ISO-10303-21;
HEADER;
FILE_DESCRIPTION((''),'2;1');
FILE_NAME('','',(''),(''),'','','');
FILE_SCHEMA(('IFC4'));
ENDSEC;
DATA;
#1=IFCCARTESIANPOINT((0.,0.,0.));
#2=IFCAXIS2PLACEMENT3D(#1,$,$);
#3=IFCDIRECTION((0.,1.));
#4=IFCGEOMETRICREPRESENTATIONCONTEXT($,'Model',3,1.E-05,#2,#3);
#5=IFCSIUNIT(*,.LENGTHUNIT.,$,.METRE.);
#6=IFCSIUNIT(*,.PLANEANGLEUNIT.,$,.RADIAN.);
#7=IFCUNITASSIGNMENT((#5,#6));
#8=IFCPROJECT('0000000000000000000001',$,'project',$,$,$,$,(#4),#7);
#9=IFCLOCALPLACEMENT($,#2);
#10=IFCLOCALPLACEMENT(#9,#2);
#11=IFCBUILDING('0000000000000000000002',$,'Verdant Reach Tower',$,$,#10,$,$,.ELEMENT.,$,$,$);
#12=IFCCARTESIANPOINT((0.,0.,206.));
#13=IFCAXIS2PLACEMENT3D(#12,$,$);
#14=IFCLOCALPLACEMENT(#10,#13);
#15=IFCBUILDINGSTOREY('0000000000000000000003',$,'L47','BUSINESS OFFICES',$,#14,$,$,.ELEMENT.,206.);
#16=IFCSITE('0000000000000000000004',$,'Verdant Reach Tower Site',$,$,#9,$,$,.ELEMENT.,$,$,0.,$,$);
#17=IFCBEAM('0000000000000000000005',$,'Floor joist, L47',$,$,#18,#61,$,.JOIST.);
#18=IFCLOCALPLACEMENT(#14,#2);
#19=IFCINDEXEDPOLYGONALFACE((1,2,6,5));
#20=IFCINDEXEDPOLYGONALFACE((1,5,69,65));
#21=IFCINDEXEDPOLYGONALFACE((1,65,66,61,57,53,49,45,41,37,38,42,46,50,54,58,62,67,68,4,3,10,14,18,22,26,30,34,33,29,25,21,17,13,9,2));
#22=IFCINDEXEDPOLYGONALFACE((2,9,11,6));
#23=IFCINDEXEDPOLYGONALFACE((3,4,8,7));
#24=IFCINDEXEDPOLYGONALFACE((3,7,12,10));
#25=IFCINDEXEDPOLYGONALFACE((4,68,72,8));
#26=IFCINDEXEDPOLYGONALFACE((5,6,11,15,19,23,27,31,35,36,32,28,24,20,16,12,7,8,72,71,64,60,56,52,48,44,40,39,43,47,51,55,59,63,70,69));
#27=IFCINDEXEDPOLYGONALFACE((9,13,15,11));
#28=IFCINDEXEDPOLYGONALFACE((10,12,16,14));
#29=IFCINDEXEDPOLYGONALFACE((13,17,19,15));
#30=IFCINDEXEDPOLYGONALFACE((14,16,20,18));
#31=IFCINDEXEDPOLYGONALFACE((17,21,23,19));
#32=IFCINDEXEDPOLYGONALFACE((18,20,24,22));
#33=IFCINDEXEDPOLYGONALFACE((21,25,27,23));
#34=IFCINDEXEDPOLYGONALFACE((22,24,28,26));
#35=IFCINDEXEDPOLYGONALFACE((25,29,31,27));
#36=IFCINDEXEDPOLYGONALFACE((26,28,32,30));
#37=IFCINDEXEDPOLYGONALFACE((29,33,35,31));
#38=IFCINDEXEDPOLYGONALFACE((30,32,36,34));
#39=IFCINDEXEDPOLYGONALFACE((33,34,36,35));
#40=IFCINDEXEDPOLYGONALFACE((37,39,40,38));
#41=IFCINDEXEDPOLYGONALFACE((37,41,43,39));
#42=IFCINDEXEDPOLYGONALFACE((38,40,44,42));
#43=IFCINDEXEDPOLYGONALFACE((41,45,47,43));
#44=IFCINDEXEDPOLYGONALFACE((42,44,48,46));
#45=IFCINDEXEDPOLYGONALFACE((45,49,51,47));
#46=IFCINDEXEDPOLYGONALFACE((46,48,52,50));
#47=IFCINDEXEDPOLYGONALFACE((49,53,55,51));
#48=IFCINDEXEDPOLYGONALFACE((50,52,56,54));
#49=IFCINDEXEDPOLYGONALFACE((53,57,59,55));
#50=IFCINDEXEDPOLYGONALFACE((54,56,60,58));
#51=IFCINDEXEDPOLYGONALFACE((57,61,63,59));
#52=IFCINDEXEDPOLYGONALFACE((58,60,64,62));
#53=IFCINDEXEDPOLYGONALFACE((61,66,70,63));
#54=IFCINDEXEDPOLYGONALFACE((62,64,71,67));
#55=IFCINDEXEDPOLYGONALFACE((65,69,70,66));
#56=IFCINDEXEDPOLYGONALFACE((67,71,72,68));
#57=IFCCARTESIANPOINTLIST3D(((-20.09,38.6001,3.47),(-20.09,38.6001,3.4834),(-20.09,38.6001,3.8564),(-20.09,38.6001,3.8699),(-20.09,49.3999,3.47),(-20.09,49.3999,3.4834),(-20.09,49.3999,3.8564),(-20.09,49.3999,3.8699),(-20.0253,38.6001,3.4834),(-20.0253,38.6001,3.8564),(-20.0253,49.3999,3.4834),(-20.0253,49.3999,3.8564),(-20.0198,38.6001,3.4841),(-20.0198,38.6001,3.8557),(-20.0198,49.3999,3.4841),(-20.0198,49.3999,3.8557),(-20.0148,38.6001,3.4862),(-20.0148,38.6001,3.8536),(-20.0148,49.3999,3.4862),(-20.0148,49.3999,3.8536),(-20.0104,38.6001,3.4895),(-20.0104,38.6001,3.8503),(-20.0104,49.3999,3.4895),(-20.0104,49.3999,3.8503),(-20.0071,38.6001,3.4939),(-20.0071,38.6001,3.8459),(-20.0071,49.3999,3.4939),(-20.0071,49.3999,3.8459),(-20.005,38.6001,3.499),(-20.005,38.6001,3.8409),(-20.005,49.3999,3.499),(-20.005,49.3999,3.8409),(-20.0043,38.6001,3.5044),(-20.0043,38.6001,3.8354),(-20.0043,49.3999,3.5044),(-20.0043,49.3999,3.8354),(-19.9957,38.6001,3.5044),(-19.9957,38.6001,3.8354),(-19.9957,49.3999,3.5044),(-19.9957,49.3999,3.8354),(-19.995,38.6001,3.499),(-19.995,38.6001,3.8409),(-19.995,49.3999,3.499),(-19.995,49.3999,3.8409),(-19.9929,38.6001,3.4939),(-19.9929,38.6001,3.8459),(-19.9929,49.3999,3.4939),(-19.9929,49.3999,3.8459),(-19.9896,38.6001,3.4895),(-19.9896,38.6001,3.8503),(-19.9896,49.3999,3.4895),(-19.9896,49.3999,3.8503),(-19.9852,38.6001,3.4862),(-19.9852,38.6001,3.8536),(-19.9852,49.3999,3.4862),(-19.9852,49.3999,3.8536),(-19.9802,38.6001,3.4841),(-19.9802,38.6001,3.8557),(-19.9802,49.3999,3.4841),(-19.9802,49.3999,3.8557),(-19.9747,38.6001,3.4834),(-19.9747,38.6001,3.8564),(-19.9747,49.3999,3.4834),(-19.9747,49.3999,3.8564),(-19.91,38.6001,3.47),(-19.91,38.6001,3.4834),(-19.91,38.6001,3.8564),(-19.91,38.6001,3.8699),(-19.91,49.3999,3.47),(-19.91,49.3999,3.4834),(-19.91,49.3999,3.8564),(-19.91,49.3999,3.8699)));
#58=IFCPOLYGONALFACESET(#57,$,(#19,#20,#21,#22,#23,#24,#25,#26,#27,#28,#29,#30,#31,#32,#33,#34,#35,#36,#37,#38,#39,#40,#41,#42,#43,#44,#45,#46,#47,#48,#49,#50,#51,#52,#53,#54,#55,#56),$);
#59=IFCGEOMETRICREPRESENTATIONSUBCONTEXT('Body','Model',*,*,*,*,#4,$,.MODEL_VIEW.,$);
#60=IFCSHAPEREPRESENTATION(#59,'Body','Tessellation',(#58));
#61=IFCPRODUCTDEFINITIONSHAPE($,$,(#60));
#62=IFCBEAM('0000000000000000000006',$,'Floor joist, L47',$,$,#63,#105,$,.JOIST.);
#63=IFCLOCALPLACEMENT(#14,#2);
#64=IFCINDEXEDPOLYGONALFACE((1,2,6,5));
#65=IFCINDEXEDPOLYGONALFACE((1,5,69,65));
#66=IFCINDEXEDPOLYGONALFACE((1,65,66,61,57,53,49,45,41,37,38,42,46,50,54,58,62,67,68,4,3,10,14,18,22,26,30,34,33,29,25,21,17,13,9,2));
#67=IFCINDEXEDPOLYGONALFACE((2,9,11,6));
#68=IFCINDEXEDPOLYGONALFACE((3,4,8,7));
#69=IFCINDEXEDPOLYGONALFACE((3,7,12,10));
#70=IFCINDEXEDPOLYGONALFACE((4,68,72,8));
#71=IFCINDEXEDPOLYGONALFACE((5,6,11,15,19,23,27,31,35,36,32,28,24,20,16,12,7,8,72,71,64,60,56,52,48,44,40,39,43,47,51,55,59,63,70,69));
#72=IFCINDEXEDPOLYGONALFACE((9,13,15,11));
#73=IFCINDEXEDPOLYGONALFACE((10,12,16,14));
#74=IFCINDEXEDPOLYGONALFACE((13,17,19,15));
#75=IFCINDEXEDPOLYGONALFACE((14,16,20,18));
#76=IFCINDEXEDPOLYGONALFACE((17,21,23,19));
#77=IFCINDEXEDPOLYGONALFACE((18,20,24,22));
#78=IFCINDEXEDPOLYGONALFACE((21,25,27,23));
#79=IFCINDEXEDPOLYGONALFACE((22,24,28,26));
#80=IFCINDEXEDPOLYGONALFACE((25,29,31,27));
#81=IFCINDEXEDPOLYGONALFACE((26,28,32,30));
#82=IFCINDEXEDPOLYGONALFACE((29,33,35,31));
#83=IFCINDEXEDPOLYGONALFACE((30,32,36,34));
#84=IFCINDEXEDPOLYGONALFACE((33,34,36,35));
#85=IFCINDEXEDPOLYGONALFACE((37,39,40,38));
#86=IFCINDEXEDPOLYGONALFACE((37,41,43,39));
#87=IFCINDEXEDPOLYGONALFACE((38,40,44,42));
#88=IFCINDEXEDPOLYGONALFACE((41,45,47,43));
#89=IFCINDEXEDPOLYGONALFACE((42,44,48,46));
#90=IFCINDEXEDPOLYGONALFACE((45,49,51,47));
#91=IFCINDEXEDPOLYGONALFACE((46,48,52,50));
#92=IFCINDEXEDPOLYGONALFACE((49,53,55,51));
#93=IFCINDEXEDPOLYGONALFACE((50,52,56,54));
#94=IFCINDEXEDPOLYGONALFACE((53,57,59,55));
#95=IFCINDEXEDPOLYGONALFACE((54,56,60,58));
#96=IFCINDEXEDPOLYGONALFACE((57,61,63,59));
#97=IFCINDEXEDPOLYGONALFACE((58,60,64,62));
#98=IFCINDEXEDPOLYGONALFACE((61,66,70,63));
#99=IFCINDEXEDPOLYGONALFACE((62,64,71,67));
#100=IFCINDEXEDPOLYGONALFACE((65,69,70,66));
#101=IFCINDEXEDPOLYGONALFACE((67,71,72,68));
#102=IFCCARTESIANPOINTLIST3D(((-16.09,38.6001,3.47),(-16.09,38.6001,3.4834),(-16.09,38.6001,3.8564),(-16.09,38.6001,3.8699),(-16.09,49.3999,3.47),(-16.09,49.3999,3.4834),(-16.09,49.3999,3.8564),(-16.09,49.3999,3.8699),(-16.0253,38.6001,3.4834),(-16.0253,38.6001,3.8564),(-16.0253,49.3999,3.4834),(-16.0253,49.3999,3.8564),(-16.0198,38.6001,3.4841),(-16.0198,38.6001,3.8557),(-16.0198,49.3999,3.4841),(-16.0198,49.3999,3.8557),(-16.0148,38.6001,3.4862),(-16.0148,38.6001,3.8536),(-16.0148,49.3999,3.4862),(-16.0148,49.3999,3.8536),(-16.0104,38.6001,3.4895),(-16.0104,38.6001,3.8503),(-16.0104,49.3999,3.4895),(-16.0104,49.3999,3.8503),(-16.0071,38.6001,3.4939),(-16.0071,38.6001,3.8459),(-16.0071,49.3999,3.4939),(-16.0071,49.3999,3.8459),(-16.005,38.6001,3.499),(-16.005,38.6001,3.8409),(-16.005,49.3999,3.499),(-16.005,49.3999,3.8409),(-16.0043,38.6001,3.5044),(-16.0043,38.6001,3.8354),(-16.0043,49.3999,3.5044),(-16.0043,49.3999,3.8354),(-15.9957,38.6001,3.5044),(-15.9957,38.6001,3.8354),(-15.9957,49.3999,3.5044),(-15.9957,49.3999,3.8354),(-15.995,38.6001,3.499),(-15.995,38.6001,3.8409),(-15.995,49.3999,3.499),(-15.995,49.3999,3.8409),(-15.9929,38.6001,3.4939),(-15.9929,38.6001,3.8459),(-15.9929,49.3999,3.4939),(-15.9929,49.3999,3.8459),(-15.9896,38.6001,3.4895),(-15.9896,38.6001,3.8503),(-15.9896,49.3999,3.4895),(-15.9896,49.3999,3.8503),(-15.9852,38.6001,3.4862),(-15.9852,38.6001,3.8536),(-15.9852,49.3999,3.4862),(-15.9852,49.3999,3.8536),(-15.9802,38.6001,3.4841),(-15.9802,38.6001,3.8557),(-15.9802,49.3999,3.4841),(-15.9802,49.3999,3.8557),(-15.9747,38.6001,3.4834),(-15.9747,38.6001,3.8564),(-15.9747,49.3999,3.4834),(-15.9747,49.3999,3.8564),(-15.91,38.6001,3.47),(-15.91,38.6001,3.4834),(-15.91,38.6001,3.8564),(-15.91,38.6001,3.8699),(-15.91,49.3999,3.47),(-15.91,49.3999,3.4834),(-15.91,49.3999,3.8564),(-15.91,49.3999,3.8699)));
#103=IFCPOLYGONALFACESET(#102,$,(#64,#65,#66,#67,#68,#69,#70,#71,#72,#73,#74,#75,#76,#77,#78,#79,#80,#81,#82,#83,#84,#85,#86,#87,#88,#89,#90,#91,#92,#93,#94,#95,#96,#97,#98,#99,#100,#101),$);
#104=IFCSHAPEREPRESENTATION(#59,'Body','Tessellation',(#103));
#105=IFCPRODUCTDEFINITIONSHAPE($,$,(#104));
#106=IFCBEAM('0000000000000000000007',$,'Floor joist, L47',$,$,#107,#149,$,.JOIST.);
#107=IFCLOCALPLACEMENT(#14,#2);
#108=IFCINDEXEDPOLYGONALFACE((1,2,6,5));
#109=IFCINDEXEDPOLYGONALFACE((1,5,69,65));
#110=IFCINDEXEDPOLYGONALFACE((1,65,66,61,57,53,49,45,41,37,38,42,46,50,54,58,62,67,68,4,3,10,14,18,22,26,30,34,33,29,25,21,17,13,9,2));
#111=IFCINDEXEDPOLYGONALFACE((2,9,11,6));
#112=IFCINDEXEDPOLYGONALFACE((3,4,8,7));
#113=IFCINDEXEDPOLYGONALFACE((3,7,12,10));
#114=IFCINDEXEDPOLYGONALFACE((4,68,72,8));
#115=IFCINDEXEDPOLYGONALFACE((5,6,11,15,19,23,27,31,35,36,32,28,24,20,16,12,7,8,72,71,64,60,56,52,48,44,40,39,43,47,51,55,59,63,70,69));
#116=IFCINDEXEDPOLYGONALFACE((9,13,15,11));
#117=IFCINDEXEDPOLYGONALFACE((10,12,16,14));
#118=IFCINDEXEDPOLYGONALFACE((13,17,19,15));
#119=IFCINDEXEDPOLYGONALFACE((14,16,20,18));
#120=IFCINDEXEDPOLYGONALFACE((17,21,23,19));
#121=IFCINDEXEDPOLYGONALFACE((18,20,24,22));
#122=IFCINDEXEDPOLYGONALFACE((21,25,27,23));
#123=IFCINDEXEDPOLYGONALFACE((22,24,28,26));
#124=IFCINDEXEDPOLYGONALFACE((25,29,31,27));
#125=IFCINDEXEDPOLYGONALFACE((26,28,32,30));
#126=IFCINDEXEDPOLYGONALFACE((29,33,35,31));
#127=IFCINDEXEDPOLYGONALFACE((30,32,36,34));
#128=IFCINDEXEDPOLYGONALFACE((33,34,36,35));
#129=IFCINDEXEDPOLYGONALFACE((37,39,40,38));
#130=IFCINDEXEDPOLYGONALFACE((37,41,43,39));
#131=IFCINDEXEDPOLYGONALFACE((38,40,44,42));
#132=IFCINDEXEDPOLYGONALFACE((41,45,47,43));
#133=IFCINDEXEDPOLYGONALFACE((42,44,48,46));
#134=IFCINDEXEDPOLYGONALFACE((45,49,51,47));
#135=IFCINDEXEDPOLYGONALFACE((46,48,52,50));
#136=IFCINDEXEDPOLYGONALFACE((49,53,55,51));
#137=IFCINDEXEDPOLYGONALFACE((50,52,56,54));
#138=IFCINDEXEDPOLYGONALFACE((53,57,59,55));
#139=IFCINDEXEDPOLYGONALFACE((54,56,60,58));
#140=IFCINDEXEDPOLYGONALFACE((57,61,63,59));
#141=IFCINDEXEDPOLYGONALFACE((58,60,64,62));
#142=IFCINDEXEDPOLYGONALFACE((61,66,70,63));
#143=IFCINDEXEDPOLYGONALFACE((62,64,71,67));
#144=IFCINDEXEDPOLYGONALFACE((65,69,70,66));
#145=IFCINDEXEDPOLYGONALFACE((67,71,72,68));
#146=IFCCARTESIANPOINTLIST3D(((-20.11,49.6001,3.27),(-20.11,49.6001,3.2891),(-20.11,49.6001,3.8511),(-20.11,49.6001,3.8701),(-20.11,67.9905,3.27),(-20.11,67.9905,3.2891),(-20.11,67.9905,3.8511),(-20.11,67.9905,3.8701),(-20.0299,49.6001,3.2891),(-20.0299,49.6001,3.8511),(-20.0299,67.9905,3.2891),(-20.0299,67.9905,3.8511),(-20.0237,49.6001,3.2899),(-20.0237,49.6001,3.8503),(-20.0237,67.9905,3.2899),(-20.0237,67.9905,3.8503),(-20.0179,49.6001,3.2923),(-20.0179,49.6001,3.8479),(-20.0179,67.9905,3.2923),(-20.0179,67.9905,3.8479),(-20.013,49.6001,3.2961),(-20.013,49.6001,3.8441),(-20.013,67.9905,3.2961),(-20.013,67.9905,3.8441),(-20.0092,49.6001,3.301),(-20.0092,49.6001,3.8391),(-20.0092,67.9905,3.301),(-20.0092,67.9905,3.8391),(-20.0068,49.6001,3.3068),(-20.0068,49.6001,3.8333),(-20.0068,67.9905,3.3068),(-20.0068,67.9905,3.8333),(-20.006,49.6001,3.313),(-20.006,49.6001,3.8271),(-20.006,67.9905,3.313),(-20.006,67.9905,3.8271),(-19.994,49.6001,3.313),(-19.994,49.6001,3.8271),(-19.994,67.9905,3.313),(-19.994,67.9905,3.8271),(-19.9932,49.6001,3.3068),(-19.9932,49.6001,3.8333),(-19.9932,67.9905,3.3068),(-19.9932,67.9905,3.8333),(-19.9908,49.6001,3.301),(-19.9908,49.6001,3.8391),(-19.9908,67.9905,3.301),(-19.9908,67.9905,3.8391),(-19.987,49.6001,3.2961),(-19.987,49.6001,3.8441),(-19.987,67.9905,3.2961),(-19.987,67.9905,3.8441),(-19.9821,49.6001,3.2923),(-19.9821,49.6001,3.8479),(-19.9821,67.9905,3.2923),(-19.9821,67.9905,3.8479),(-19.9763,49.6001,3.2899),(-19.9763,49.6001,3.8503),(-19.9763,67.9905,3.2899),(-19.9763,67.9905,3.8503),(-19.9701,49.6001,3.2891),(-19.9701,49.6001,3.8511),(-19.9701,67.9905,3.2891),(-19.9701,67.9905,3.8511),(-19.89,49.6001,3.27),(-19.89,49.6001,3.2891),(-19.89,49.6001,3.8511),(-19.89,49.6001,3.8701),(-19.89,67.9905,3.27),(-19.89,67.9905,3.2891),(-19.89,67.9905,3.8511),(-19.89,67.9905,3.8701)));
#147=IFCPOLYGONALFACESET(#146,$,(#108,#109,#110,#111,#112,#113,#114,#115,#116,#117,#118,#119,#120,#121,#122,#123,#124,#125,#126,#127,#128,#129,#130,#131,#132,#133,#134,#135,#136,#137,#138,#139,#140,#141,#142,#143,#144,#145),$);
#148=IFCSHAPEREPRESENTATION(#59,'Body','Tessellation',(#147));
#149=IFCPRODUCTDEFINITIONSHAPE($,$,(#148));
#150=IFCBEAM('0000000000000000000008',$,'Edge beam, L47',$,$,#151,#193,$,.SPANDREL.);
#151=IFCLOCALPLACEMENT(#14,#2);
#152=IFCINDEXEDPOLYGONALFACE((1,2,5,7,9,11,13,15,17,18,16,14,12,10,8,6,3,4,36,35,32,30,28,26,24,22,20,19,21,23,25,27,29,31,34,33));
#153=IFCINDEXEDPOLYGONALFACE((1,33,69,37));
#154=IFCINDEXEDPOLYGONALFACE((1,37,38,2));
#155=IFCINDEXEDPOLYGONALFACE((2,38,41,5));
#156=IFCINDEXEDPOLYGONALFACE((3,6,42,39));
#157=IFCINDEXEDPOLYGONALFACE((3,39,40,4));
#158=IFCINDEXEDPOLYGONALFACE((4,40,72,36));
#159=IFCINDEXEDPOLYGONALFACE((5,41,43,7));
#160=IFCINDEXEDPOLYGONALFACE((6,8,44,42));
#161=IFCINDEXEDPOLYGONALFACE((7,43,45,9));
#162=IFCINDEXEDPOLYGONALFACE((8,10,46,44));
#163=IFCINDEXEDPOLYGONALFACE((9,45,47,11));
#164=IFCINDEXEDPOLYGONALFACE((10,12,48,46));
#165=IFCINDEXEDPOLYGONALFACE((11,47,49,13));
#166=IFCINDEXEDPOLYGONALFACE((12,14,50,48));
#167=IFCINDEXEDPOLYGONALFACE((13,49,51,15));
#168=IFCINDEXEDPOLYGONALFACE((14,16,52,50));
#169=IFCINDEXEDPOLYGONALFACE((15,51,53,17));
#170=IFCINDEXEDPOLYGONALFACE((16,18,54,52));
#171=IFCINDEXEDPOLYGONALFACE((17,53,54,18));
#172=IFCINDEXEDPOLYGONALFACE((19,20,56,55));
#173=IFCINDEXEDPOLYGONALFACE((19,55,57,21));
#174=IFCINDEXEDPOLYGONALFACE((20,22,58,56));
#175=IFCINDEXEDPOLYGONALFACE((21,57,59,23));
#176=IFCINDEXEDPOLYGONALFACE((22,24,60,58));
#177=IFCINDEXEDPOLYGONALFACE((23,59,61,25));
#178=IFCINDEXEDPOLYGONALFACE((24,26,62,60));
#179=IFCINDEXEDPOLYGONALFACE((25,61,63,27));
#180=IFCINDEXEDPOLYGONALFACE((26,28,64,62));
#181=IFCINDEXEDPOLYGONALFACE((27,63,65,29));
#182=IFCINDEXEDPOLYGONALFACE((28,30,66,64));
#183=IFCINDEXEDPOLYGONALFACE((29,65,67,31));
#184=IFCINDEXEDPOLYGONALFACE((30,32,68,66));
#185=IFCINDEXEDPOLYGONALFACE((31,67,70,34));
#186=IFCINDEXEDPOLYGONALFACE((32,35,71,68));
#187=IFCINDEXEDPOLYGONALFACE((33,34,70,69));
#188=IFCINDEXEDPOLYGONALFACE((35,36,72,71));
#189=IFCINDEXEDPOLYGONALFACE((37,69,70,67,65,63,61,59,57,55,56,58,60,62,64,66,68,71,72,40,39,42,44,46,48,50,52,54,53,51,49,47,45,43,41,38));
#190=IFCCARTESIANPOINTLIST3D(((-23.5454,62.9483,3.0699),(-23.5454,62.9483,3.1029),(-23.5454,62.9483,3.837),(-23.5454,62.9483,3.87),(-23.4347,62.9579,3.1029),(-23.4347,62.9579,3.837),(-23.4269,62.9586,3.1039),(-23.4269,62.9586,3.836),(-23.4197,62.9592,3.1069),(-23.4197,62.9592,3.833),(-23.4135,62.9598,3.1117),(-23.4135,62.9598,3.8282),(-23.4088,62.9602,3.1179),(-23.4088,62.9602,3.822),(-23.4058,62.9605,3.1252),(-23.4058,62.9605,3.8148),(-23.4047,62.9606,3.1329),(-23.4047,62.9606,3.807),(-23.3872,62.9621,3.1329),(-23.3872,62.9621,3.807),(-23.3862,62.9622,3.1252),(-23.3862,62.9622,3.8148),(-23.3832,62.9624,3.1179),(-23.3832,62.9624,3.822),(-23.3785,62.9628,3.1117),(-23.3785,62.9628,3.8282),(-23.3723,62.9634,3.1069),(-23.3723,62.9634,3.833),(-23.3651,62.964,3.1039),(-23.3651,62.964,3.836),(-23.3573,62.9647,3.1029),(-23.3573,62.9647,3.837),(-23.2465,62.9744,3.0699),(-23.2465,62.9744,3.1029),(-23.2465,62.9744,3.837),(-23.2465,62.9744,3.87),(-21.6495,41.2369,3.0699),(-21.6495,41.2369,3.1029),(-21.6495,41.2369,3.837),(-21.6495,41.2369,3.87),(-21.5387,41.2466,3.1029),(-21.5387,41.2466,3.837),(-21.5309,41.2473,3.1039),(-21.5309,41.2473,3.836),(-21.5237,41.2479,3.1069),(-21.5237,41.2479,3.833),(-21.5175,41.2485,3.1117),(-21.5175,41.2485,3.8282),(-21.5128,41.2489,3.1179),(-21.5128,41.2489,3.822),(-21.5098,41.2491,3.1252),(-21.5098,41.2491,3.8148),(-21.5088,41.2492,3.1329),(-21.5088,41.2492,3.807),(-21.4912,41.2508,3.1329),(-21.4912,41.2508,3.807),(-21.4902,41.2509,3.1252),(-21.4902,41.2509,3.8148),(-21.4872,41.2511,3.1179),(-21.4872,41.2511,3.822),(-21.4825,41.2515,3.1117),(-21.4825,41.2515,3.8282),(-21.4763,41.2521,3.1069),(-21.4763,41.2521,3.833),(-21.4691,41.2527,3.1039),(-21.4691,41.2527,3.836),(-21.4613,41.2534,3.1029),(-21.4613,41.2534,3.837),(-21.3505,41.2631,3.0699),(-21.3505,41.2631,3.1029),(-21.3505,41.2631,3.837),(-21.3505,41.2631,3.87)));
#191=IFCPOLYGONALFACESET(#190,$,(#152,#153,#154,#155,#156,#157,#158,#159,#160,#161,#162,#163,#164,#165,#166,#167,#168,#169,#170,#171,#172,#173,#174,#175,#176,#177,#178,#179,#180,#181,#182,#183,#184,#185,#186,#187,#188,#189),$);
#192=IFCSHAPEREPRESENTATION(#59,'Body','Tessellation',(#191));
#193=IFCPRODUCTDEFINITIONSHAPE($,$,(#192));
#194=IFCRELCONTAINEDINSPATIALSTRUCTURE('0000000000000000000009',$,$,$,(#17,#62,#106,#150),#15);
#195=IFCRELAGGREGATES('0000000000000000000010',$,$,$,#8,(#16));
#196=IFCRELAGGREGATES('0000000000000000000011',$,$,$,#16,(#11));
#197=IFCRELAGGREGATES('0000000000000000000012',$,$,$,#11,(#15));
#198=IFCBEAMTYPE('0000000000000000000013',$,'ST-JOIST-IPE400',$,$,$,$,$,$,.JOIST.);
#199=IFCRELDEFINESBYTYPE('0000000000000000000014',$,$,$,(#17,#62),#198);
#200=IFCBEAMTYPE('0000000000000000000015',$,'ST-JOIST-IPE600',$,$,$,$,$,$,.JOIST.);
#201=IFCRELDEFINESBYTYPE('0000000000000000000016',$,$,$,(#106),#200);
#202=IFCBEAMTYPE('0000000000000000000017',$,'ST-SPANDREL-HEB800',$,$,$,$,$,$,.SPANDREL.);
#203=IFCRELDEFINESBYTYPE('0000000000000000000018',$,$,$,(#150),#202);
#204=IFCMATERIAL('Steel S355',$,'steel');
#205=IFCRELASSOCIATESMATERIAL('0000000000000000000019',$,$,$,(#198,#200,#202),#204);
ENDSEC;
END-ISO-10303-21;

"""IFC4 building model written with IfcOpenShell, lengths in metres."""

from ifc_helpers import new_model, si_unit, direction, frame, origin, origin_2d, place, context, subcontext, project, spatial, i_section, extrude, material, material_profile, profile_set, type_object, element, save


model = new_model("IFC4")

# Units and contexts
model_context = context("Model", 3, precision=1e-05, world=origin(), true_north=direction((0.0, 1.0)))
body_context = subcontext(model_context, "Body", "Model", "MODEL_VIEW")
ifc_project = project(units=[si_unit("LENGTHUNIT", "METRE"), si_unit("PLANEANGLEUNIT", "RADIAN")], contexts=[model_context])

# Site, building, storey
site_placement = place(None, origin())
site = spatial("IfcSite", under=ifc_project, at=site_placement, Name="Verdant Reach Tower Site", CompositionType="ELEMENT", RefElevation=0.0)
building_placement = place(site_placement, origin())
building = spatial("IfcBuilding", under=site, at=building_placement, Name="Verdant Reach Tower", CompositionType="ELEMENT")
storey_placement = place(building_placement, frame((0.0, 0.0, 206.0)))
storey = spatial("IfcBuildingStorey", under=building, at=storey_placement, Name="L47", Description="BUSINESS OFFICES", CompositionType="ELEMENT", Elevation=206.0)

# Beams
ifc_material_1 = material(Name="Steel S355", Category="steel")
ifc_material_profile_1 = material_profile(ifc_material_1, i_section(OverallWidth=0.1799, OverallDepth=0.3999, WebThickness=0.0085, FlangeThickness=0.0134, FilletRadius=0.021, at=origin_2d()), Name="IPE 400")
ifc_profile_set_1 = profile_set([ifc_material_profile_1], Name="Steel S355")
beam_type_1 = type_object("IfcBeamType", Name="ST-JOIST-IPE400", PredefinedType="JOIST", material=ifc_profile_set_1)
for number, where, z_axis, x_axis, name in (
    (1, (-20.0, 38.6001, 3.6699), (0.0, 1.0, 0.0), (-1.0, 0.0, 0.0), "Floor joist, L47"),
    (2, (-16.0, 38.6001, 3.6699), (0.0, 1.0, 0.0), (-1.0, 0.0, 0.0), "Floor joist, L47"),
):
    element("IfcBeam", number, at=place(storey_placement, frame(where, z_axis=z_axis, x_axis=x_axis)), inside=storey, type_object=beam_type_1, Name=name, PredefinedType="JOIST", context=body_context, shape_type="SweptSolid", body=[
        extrude(i_section(OverallWidth=0.1799, OverallDepth=0.3999, WebThickness=0.0085, FlangeThickness=0.0134, FilletRadius=0.021, at=origin_2d()), origin(), (0.0, 0.0, 1.0), 10.7998),
    ])
ifc_material_profile_2 = material_profile(ifc_material_1, i_section(OverallWidth=0.22, OverallDepth=0.6001, WebThickness=0.012, FlangeThickness=0.019, FilletRadius=0.0239, at=origin_2d()), Name="IPE 600")
ifc_profile_set_2 = profile_set([ifc_material_profile_2], Name="Steel S355")
beam_type_2 = type_object("IfcBeamType", Name="ST-JOIST-IPE600", PredefinedType="JOIST", material=ifc_profile_set_2)
beam_1_placement = place(storey_placement, frame((-20.0, 49.6001, 3.5701), z_axis=(0.0, 1.0, 0.0), x_axis=(-1.0, 0.0, 0.0)))
element("IfcBeam", 3, at=beam_1_placement, inside=storey, type_object=beam_type_2, Name="Floor joist, L47", PredefinedType="JOIST", context=body_context, shape_type="SweptSolid", body=[
    extrude(i_section(OverallWidth=0.22, OverallDepth=0.6001, WebThickness=0.012, FlangeThickness=0.019, FilletRadius=0.0239, at=origin_2d()), origin(), (0.0, 0.0, 1.0), 18.3904),
])
ifc_material_profile_3 = material_profile(ifc_material_1, i_section(OverallWidth=0.3, OverallDepth=0.8, WebThickness=0.0176, FlangeThickness=0.033, FilletRadius=0.03, at=origin_2d()), Name="HEB 800")
ifc_profile_set_3 = profile_set([ifc_material_profile_3], Name="Steel S355")
beam_type_3 = type_object("IfcBeamType", Name="ST-SPANDREL-HEB800", PredefinedType="SPANDREL", material=ifc_profile_set_3)
beam_2_placement = place(storey_placement, frame((-21.5, 41.25, 3.47), z_axis=(-0.086996, 0.996209, 0.0), x_axis=(-0.996209, -0.086996, 0.0)))
element("IfcBeam", 4, at=beam_2_placement, inside=storey, type_object=beam_type_3, Name="Edge beam, L47", PredefinedType="SPANDREL", context=body_context, shape_type="SweptSolid", body=[
    extrude(i_section(OverallWidth=0.3, OverallDepth=0.8, WebThickness=0.0176, FlangeThickness=0.033, FilletRadius=0.03, at=origin_2d()), origin(), (0.0, 0.0, 1.0), 21.7939),
])

save(model, "model.ifc")
